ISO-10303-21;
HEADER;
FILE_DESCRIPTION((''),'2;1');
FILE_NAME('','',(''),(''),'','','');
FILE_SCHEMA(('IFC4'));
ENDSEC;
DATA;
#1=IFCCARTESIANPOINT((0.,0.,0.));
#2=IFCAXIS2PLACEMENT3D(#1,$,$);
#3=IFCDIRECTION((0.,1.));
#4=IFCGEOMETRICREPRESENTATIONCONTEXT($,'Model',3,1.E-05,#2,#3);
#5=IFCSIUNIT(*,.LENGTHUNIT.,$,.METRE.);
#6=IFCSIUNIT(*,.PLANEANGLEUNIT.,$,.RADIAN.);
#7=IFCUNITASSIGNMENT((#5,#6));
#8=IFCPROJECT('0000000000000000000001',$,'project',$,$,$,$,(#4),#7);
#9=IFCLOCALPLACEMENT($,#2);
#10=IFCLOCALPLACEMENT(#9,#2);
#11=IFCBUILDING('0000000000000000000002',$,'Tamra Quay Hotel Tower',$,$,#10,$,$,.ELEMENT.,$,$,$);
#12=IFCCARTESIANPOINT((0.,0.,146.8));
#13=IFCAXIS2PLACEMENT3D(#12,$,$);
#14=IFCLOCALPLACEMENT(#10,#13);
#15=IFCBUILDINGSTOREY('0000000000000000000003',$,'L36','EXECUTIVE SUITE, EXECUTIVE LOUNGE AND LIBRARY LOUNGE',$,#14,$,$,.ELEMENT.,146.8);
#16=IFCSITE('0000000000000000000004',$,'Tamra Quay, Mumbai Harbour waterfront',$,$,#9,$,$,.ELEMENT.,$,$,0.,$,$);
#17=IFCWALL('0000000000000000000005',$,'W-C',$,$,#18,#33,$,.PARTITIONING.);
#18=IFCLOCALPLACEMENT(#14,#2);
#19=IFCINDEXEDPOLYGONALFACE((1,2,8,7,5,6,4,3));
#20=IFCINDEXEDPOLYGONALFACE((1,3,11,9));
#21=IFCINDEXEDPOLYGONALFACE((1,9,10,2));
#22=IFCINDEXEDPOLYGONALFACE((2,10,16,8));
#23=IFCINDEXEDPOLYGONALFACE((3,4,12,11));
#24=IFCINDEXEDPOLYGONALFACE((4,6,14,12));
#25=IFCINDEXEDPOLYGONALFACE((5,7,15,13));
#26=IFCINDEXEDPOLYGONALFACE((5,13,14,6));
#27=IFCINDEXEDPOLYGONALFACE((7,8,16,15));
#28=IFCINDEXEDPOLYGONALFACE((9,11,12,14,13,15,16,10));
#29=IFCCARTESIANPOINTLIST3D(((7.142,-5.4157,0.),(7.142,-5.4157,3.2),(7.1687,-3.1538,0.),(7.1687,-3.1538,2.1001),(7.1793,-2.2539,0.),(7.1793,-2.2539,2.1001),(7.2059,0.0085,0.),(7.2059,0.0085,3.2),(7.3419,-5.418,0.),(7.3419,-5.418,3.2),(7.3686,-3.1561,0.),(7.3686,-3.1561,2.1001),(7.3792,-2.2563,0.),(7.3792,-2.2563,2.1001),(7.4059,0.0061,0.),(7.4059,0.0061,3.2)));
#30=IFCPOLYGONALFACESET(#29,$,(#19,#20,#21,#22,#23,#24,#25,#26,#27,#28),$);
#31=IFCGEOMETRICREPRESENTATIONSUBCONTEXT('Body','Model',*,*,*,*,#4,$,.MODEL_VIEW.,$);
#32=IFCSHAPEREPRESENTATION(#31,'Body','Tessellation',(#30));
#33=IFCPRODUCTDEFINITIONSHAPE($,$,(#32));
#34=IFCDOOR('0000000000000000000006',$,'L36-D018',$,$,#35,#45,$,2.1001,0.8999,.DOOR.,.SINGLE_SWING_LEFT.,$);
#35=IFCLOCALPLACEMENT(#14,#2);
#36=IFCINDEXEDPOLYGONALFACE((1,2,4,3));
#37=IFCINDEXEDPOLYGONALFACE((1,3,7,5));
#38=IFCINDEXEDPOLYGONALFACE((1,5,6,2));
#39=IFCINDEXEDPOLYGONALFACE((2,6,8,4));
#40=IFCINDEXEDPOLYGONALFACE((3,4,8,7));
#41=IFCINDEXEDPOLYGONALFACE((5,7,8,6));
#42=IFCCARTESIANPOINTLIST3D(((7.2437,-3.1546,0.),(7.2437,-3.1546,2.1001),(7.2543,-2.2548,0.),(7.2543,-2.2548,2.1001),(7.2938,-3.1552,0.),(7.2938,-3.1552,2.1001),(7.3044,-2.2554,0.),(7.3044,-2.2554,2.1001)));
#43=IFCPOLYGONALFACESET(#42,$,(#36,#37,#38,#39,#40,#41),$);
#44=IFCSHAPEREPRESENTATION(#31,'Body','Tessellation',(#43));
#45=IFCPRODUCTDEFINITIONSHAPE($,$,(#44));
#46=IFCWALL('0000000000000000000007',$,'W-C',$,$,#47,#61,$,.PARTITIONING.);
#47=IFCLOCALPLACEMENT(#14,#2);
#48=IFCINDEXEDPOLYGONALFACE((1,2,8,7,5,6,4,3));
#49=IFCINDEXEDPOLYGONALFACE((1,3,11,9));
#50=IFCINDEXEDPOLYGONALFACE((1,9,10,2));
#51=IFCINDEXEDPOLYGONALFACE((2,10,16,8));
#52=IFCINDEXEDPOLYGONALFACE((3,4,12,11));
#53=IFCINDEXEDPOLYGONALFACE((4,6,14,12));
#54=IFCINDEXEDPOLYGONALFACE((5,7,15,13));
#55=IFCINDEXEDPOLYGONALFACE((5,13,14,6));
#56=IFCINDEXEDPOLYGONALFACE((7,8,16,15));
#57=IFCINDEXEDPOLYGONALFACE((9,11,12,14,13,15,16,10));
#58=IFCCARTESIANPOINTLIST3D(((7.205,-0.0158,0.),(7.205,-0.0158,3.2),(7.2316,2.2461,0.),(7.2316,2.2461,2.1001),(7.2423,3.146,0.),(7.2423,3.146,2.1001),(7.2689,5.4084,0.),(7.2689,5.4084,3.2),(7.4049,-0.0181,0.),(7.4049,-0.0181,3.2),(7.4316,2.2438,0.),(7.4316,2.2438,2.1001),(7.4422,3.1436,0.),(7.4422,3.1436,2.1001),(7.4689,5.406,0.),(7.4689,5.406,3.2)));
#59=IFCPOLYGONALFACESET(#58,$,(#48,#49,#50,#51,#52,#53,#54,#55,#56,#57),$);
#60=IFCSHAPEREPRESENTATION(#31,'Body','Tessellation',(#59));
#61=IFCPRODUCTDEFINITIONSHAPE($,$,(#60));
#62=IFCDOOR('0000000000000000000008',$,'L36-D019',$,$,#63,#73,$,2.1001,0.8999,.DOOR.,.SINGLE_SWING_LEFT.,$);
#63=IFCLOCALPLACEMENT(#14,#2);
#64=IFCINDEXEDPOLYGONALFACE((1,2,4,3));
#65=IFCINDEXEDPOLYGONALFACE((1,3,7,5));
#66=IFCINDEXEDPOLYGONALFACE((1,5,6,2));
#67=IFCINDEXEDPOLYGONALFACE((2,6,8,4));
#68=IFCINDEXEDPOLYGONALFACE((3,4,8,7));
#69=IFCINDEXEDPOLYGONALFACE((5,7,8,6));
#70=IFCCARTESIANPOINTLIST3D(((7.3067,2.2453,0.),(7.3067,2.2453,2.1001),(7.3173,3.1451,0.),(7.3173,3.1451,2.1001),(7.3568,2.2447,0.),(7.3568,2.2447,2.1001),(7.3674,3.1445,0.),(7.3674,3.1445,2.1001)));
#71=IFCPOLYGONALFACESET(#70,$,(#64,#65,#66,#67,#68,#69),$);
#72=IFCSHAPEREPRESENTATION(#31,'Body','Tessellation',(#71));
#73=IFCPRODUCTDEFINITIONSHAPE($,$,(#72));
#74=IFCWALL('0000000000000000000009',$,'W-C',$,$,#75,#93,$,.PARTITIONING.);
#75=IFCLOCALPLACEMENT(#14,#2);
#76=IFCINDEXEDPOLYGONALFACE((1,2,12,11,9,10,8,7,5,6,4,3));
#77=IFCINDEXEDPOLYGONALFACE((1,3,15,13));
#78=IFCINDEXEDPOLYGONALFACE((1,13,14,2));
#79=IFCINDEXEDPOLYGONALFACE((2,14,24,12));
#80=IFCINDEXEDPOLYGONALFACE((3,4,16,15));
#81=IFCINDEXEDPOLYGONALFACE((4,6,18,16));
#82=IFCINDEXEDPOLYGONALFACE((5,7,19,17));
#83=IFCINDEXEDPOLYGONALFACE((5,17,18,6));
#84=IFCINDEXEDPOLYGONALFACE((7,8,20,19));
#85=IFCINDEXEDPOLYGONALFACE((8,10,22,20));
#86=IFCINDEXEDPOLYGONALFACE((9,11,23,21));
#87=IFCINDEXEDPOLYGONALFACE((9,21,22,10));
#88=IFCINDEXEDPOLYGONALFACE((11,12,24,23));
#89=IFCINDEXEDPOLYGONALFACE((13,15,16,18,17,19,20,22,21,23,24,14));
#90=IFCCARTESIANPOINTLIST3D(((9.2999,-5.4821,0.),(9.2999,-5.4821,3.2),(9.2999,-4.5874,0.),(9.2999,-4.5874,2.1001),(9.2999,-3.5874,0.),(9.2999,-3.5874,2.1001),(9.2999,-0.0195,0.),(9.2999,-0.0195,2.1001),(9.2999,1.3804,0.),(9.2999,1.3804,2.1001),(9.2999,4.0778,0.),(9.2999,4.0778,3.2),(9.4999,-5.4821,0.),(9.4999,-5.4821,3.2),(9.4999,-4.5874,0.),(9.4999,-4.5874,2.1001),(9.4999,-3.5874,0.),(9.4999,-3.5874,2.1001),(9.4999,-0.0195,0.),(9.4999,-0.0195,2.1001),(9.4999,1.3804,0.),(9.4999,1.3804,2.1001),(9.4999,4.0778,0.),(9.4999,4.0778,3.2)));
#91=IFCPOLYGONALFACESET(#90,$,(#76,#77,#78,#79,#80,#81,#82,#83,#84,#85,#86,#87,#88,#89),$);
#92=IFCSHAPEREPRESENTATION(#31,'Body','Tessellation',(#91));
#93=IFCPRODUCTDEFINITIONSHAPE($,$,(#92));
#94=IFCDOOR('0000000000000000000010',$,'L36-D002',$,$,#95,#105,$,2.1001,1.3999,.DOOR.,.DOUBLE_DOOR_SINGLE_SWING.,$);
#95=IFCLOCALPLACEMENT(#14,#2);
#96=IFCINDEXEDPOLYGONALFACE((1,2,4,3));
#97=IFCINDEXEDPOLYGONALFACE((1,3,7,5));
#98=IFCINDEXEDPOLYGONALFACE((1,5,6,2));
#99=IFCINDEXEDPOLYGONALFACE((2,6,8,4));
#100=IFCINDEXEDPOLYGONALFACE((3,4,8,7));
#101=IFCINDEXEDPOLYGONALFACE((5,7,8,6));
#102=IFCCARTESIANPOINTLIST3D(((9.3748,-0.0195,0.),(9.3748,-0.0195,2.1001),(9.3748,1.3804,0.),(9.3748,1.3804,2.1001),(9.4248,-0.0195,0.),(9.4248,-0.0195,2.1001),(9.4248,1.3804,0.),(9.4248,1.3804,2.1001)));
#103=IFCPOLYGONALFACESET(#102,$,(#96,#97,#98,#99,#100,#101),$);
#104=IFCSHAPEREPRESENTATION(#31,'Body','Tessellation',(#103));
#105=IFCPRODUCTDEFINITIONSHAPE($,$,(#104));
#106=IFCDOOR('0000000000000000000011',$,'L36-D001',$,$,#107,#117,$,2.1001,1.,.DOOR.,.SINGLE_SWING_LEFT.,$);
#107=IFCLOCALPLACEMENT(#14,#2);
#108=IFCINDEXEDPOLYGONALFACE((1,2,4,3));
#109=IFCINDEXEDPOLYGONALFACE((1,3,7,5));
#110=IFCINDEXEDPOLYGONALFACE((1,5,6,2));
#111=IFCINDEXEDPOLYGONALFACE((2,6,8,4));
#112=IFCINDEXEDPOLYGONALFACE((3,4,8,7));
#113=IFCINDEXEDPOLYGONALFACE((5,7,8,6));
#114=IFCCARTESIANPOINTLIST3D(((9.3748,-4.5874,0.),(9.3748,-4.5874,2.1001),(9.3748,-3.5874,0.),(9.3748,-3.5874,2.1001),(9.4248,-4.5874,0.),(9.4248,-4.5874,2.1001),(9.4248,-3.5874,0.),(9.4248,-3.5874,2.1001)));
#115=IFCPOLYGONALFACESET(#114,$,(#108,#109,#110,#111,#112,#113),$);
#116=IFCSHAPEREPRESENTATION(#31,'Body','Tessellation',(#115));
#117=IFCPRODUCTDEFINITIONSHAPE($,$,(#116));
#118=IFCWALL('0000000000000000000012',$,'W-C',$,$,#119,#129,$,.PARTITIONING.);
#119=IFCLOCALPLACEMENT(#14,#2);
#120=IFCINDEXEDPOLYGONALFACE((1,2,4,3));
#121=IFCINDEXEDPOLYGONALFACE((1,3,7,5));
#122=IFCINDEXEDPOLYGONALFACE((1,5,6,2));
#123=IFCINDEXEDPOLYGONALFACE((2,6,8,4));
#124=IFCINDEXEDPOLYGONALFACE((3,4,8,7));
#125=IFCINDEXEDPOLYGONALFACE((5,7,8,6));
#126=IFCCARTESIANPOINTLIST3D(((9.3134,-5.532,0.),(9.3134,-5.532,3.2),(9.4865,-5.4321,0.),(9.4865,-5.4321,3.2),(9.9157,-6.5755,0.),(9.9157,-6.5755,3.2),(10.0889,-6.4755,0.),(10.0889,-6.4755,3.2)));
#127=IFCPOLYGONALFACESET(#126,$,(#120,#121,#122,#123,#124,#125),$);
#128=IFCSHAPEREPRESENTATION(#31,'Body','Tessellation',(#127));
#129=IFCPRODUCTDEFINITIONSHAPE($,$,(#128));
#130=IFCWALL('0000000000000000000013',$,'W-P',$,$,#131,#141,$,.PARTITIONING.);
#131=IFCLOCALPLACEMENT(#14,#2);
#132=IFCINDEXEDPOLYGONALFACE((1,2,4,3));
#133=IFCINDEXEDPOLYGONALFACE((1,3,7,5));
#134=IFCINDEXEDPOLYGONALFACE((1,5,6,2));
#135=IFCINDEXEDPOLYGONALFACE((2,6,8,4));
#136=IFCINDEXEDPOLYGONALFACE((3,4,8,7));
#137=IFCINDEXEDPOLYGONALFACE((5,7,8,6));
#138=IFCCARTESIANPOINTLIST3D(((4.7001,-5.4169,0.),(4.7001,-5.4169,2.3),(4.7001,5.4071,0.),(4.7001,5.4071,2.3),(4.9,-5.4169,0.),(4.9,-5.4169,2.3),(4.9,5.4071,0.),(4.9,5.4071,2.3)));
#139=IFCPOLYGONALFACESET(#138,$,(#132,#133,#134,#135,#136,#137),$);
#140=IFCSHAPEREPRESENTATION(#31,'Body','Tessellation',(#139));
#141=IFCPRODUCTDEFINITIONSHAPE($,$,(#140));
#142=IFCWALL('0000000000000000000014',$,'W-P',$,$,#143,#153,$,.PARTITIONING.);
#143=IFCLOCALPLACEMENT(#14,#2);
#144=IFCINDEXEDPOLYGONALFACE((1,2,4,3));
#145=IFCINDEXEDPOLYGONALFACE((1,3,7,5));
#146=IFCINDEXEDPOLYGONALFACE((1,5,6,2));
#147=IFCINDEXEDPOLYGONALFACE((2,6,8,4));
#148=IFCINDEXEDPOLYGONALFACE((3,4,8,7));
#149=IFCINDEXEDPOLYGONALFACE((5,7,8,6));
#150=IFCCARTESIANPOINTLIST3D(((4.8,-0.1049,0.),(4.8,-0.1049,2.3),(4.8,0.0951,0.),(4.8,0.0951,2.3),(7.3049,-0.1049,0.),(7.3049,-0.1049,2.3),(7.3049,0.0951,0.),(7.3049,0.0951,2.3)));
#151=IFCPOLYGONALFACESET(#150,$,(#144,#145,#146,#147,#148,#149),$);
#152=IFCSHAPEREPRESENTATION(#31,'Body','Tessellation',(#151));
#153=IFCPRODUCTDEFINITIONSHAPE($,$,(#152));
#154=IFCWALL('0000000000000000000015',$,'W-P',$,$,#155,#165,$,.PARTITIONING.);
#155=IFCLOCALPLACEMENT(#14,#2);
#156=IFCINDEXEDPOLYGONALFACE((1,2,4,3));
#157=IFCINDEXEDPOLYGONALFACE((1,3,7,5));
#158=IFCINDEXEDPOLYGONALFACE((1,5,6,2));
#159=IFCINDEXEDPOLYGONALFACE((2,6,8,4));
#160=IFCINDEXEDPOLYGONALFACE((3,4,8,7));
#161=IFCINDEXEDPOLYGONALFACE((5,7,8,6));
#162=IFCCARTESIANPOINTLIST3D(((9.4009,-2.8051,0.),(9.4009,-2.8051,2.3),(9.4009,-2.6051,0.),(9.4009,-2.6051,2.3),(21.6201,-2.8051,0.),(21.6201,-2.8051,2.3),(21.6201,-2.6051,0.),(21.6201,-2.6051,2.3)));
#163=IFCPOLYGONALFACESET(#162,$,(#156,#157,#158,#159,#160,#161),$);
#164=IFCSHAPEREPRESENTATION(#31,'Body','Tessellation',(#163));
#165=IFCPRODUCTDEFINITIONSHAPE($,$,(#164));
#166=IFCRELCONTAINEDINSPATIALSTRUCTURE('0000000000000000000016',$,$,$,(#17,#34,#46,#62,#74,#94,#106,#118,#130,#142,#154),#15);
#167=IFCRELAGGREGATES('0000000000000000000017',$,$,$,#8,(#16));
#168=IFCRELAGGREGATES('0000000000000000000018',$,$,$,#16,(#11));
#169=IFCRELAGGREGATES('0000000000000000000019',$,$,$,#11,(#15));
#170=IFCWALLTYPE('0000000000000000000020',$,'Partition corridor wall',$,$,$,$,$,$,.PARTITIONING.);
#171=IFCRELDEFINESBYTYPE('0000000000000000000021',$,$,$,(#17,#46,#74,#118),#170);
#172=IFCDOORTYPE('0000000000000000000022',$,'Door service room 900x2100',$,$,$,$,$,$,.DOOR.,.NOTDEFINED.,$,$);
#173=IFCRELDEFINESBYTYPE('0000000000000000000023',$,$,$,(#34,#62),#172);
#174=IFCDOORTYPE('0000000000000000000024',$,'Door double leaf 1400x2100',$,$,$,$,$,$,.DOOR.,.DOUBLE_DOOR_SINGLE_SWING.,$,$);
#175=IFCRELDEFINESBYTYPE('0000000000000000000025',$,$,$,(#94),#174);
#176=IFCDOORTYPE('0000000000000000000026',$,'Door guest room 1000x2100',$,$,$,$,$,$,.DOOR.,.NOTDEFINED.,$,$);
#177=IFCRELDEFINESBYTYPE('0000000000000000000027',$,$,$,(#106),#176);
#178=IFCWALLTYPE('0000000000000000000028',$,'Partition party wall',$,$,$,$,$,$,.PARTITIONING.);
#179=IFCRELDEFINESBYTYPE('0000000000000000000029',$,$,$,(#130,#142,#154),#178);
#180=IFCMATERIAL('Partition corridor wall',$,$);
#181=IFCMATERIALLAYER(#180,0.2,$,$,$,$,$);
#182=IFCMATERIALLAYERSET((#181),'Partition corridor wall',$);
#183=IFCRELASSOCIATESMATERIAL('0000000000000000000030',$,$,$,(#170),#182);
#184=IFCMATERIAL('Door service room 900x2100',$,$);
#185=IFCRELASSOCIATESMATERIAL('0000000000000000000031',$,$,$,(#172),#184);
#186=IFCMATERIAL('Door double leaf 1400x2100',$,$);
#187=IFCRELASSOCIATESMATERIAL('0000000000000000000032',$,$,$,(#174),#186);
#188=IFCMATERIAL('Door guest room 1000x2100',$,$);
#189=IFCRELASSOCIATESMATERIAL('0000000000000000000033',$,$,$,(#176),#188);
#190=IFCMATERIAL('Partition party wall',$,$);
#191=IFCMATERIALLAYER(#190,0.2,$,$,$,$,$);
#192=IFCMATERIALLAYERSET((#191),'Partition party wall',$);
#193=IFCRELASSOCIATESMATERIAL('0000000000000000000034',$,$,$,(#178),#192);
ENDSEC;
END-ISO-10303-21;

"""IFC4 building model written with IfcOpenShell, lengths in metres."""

from ifc_helpers import new_model, si_unit, direction, frame, frame_2d, origin, place, context, subcontext, project, spatial, rectangle, extrude, material, layer, layer_set, type_object, element, fill, save


model = new_model("IFC4")

# Units and contexts
model_context = context("Model", 3, precision=1e-05, world=origin(), true_north=direction((0.0, 1.0)))
body_context = subcontext(model_context, "Body", "Model", "MODEL_VIEW")
ifc_project = project(units=[si_unit("LENGTHUNIT", "METRE"), si_unit("PLANEANGLEUNIT", "RADIAN")], contexts=[model_context])

# Site, building, storey
site_placement = place(None, origin())
site = spatial("IfcSite", under=ifc_project, at=site_placement, Name="Tamra Quay, Mumbai Harbour waterfront", CompositionType="ELEMENT", RefElevation=0.0)
building_placement = place(site_placement, origin())
building = spatial("IfcBuilding", under=site, at=building_placement, Name="Tamra Quay Hotel Tower", CompositionType="ELEMENT")
storey_placement = place(building_placement, frame((0.0, 0.0, 146.8)))
storey = spatial("IfcBuildingStorey", under=building, at=storey_placement, Name="L36", Description="EXECUTIVE SUITE, EXECUTIVE LOUNGE AND LIBRARY LOUNGE", CompositionType="ELEMENT", Elevation=146.8)

# Walls, openings, doors
ifc_material_1 = material(Name="Partition corridor wall")
ifc_layer_1 = layer(ifc_material_1, 0.2)
ifc_layer_set_1 = layer_set([ifc_layer_1], Name="Partition corridor wall")
wall_type_1 = type_object("IfcWallType", Name="Partition corridor wall", PredefinedType="PARTITIONING", material=ifc_layer_set_1)
wall_1_placement = place(storey_placement, frame((7.2419, -5.417, 0.0), z_axis=(0.0, 0.0, 1.0), x_axis=(0.011792, 0.99993, 0.0)))
wall_1 = element("IfcWall", 1, at=wall_1_placement, inside=storey, type_object=wall_type_1, Name="W-C", PredefinedType="PARTITIONING", context=body_context, shape_type="SweptSolid", body=[
    extrude(rectangle(XDim=5.4246, YDim=0.2, at=frame_2d((2.7124, 0.0))), origin(), (0.0, 0.0, 1.0), 3.2),
])
opening_1_placement = place(wall_1_placement, frame((2.2622, 0.0, 0.0)))
opening_1 = element("IfcOpeningElement", 2, at=opening_1_placement, cuts=wall_1, PredefinedType="OPENING", context=body_context, shape_type="SweptSolid", body=[
    extrude(rectangle(XDim=0.8999, YDim=2.1001, at=frame_2d((0.45, 1.05))), frame((0.0, 0.1099, 0.0), z_axis=(0.0, -1.0, 0.0), x_axis=(1.0, 0.0, 0.0)), (0.0, 0.0, 1.0), 0.22),
])
ifc_material_2 = material(Name="Door service room 900x2100")
door_type_1 = type_object("IfcDoorType", Name="Door service room 900x2100", OperationType="NOTDEFINED", PredefinedType="DOOR", material=ifc_material_2)
door_1_placement = place(opening_1_placement, origin())
door_1 = element("IfcDoor", 3, at=door_1_placement, inside=storey, type_object=door_type_1, Name="L36-D018", OperationType="SINGLE_SWING_LEFT", OverallHeight=2.1001, OverallWidth=0.8999, PredefinedType="DOOR", context=body_context, shape_type="SweptSolid", body=[
    extrude(rectangle(XDim=0.8999, YDim=2.1001, at=frame_2d((0.45, 1.05))), frame((0.0, 0.0249, 0.0), z_axis=(0.0, -1.0, 0.0), x_axis=(1.0, 0.0, 0.0)), (0.0, 0.0, 1.0), 0.05),
])
fill(opening_1, door_1)
wall_2_placement = place(storey_placement, frame((7.3049, -0.0171, 0.0), z_axis=(0.0, 0.0, 1.0), x_axis=(0.011792, 0.99993, 0.0)))
wall_2 = element("IfcWall", 4, at=wall_2_placement, inside=storey, type_object=wall_type_1, Name="W-C", PredefinedType="PARTITIONING", context=body_context, shape_type="SweptSolid", body=[
    extrude(rectangle(XDim=5.4246, YDim=0.2, at=frame_2d((2.7124, 0.0))), origin(), (0.0, 0.0, 1.0), 3.2),
])
opening_2_placement = place(wall_2_placement, frame((2.2622, 0.0, 0.0)))
opening_2 = element("IfcOpeningElement", 5, at=opening_2_placement, cuts=wall_2, PredefinedType="OPENING", context=body_context, shape_type="SweptSolid", body=[
    extrude(rectangle(XDim=0.8999, YDim=2.1001, at=frame_2d((0.45, 1.05))), frame((0.0, 0.1099, 0.0), z_axis=(0.0, -1.0, 0.0), x_axis=(1.0, 0.0, 0.0)), (0.0, 0.0, 1.0), 0.22),
])
door_2_placement = place(opening_2_placement, origin())
door_2 = element("IfcDoor", 6, at=door_2_placement, inside=storey, type_object=door_type_1, Name="L36-D019", OperationType="SINGLE_SWING_LEFT", OverallHeight=2.1001, OverallWidth=0.8999, PredefinedType="DOOR", context=body_context, shape_type="SweptSolid", body=[
    extrude(rectangle(XDim=0.8999, YDim=2.1001, at=frame_2d((0.45, 1.05))), frame((0.0, 0.0249, 0.0), z_axis=(0.0, -1.0, 0.0), x_axis=(1.0, 0.0, 0.0)), (0.0, 0.0, 1.0), 0.05),
])
fill(opening_2, door_2)

# Wall, openings, doors
wall_3_placement = place(storey_placement, frame((9.3999, -5.4819, 0.0), z_axis=(0.0, 0.0, 1.0), x_axis=(0.0, 1.0, 0.0)))
wall_3 = element("IfcWall", 7, at=wall_3_placement, inside=storey, type_object=wall_type_1, Name="W-C", PredefinedType="PARTITIONING", context=body_context, shape_type="SweptSolid", body=[
    extrude(rectangle(XDim=9.5598, YDim=0.2, at=frame_2d((4.7798, 0.0))), origin(), (0.0, 0.0, 1.0), 3.2),
])
opening_3_placement = place(wall_3_placement, frame((0.8945, 0.0, 0.0)))
opening_3 = element("IfcOpeningElement", 8, at=opening_3_placement, cuts=wall_3, PredefinedType="OPENING", context=body_context, shape_type="SweptSolid", body=[
    extrude(rectangle(XDim=1.0, YDim=2.1001, at=frame_2d((0.5, 1.05))), frame((0.0, 0.1099, 0.0), z_axis=(0.0, -1.0, 0.0), x_axis=(1.0, 0.0, 0.0)), (0.0, 0.0, 1.0), 0.22),
])
opening_4_placement = place(wall_3_placement, frame((5.4624, 0.0, 0.0)))
opening_4 = element("IfcOpeningElement", 9, at=opening_4_placement, cuts=wall_3, PredefinedType="OPENING", context=body_context, shape_type="SweptSolid", body=[
    extrude(rectangle(XDim=1.3999, YDim=2.1001, at=frame_2d((0.7, 1.05))), frame((0.0, 0.1099, 0.0), z_axis=(0.0, -1.0, 0.0), x_axis=(1.0, 0.0, 0.0)), (0.0, 0.0, 1.0), 0.22),
])
ifc_material_3 = material(Name="Door double leaf 1400x2100")
door_type_2 = type_object("IfcDoorType", Name="Door double leaf 1400x2100", OperationType="DOUBLE_DOOR_SINGLE_SWING", PredefinedType="DOOR", material=ifc_material_3)
door_3_placement = place(opening_4_placement, frame((1.3999, 0.0, 0.0), z_axis=(0.0, 0.0, 1.0), x_axis=(-1.0, 0.0, 0.0)))
door_3 = element("IfcDoor", 10, at=door_3_placement, inside=storey, type_object=door_type_2, Name="L36-D002", OperationType="DOUBLE_DOOR_SINGLE_SWING", OverallHeight=2.1001, OverallWidth=1.3999, PredefinedType="DOOR", context=body_context, shape_type="SweptSolid", body=[
    extrude(rectangle(XDim=1.3999, YDim=2.1001, at=frame_2d((0.7, 1.05))), frame((0.0, 0.0249, 0.0), z_axis=(0.0, -1.0, 0.0), x_axis=(1.0, 0.0, 0.0)), (0.0, 0.0, 1.0), 0.05),
])
fill(opening_4, door_3)
ifc_material_4 = material(Name="Door guest room 1000x2100")
door_type_3 = type_object("IfcDoorType", Name="Door guest room 1000x2100", OperationType="NOTDEFINED", PredefinedType="DOOR", material=ifc_material_4)
door_4_placement = place(opening_3_placement, frame((1.0, 0.0, 0.0), z_axis=(0.0, 0.0, 1.0), x_axis=(-1.0, 0.0, 0.0)))
door_4 = element("IfcDoor", 11, at=door_4_placement, inside=storey, type_object=door_type_3, Name="L36-D001", OperationType="SINGLE_SWING_LEFT", OverallHeight=2.1001, OverallWidth=1.0, PredefinedType="DOOR", context=body_context, shape_type="SweptSolid", body=[
    extrude(rectangle(XDim=1.0, YDim=2.1001, at=frame_2d((0.5, 1.05))), frame((0.0, 0.0249, 0.0), z_axis=(0.0, -1.0, 0.0), x_axis=(1.0, 0.0, 0.0)), (0.0, 0.0, 1.0), 0.05),
])
fill(opening_3, door_4)

# Walls
wall_4_placement = place(storey_placement, frame((9.3999, -5.4819, 0.0), z_axis=(0.0, 0.0, 1.0), x_axis=(0.49991, -0.866078, 0.0)))
element("IfcWall", 12, at=wall_4_placement, inside=storey, type_object=wall_type_1, Name="W-C", PredefinedType="PARTITIONING", context=body_context, shape_type="SweptSolid", body=[
    extrude(rectangle(XDim=1.2048, YDim=0.2, at=frame_2d((0.6025, 0.0))), origin(), (0.0, 0.0, 1.0), 3.2),
])
ifc_material_5 = material(Name="Partition party wall")
ifc_layer_2 = layer(ifc_material_5, 0.2)
ifc_layer_set_2 = layer_set([ifc_layer_2], Name="Partition party wall")
wall_type_2 = type_object("IfcWallType", Name="Partition party wall", PredefinedType="PARTITIONING", material=ifc_layer_set_2)
wall_5_placement = place(storey_placement, frame((4.8, -5.417, 0.0), z_axis=(0.0, 0.0, 1.0), x_axis=(0.0, 1.0, 0.0)))
element("IfcWall", 13, at=wall_5_placement, inside=storey, type_object=wall_type_2, Name="W-P", PredefinedType="PARTITIONING", context=body_context, shape_type="SweptSolid", body=[
    extrude(rectangle(XDim=10.824, YDim=0.2, at=frame_2d((5.4121, 0.0))), origin(), (0.0, 0.0, 1.0), 2.3),
])
wall_6_placement = place(storey_placement, frame((4.8, -0.0049, 0.0), z_axis=(0.0, 0.0, 1.0), x_axis=(1.0, 0.0, 0.0)))
element("IfcWall", 14, at=wall_6_placement, inside=storey, type_object=wall_type_2, Name="W-P", PredefinedType="PARTITIONING", context=body_context, shape_type="SweptSolid", body=[
    extrude(rectangle(XDim=2.5049, YDim=0.2, at=frame_2d((1.2524, 0.0))), origin(), (0.0, 0.0, 1.0), 2.3),
])
wall_7_placement = place(storey_placement, frame((9.4009, -2.7051, 0.0), z_axis=(0.0, 0.0, 1.0), x_axis=(1.0, 0.0, 0.0)))
element("IfcWall", 15, at=wall_7_placement, inside=storey, type_object=wall_type_2, Name="W-P", PredefinedType="PARTITIONING", context=body_context, shape_type="SweptSolid", body=[
    extrude(rectangle(XDim=12.2192, YDim=0.2, at=frame_2d((6.1096, 0.0))), origin(), (0.0, 0.0, 1.0), 2.3),
])

save(model, "model.ifc")
